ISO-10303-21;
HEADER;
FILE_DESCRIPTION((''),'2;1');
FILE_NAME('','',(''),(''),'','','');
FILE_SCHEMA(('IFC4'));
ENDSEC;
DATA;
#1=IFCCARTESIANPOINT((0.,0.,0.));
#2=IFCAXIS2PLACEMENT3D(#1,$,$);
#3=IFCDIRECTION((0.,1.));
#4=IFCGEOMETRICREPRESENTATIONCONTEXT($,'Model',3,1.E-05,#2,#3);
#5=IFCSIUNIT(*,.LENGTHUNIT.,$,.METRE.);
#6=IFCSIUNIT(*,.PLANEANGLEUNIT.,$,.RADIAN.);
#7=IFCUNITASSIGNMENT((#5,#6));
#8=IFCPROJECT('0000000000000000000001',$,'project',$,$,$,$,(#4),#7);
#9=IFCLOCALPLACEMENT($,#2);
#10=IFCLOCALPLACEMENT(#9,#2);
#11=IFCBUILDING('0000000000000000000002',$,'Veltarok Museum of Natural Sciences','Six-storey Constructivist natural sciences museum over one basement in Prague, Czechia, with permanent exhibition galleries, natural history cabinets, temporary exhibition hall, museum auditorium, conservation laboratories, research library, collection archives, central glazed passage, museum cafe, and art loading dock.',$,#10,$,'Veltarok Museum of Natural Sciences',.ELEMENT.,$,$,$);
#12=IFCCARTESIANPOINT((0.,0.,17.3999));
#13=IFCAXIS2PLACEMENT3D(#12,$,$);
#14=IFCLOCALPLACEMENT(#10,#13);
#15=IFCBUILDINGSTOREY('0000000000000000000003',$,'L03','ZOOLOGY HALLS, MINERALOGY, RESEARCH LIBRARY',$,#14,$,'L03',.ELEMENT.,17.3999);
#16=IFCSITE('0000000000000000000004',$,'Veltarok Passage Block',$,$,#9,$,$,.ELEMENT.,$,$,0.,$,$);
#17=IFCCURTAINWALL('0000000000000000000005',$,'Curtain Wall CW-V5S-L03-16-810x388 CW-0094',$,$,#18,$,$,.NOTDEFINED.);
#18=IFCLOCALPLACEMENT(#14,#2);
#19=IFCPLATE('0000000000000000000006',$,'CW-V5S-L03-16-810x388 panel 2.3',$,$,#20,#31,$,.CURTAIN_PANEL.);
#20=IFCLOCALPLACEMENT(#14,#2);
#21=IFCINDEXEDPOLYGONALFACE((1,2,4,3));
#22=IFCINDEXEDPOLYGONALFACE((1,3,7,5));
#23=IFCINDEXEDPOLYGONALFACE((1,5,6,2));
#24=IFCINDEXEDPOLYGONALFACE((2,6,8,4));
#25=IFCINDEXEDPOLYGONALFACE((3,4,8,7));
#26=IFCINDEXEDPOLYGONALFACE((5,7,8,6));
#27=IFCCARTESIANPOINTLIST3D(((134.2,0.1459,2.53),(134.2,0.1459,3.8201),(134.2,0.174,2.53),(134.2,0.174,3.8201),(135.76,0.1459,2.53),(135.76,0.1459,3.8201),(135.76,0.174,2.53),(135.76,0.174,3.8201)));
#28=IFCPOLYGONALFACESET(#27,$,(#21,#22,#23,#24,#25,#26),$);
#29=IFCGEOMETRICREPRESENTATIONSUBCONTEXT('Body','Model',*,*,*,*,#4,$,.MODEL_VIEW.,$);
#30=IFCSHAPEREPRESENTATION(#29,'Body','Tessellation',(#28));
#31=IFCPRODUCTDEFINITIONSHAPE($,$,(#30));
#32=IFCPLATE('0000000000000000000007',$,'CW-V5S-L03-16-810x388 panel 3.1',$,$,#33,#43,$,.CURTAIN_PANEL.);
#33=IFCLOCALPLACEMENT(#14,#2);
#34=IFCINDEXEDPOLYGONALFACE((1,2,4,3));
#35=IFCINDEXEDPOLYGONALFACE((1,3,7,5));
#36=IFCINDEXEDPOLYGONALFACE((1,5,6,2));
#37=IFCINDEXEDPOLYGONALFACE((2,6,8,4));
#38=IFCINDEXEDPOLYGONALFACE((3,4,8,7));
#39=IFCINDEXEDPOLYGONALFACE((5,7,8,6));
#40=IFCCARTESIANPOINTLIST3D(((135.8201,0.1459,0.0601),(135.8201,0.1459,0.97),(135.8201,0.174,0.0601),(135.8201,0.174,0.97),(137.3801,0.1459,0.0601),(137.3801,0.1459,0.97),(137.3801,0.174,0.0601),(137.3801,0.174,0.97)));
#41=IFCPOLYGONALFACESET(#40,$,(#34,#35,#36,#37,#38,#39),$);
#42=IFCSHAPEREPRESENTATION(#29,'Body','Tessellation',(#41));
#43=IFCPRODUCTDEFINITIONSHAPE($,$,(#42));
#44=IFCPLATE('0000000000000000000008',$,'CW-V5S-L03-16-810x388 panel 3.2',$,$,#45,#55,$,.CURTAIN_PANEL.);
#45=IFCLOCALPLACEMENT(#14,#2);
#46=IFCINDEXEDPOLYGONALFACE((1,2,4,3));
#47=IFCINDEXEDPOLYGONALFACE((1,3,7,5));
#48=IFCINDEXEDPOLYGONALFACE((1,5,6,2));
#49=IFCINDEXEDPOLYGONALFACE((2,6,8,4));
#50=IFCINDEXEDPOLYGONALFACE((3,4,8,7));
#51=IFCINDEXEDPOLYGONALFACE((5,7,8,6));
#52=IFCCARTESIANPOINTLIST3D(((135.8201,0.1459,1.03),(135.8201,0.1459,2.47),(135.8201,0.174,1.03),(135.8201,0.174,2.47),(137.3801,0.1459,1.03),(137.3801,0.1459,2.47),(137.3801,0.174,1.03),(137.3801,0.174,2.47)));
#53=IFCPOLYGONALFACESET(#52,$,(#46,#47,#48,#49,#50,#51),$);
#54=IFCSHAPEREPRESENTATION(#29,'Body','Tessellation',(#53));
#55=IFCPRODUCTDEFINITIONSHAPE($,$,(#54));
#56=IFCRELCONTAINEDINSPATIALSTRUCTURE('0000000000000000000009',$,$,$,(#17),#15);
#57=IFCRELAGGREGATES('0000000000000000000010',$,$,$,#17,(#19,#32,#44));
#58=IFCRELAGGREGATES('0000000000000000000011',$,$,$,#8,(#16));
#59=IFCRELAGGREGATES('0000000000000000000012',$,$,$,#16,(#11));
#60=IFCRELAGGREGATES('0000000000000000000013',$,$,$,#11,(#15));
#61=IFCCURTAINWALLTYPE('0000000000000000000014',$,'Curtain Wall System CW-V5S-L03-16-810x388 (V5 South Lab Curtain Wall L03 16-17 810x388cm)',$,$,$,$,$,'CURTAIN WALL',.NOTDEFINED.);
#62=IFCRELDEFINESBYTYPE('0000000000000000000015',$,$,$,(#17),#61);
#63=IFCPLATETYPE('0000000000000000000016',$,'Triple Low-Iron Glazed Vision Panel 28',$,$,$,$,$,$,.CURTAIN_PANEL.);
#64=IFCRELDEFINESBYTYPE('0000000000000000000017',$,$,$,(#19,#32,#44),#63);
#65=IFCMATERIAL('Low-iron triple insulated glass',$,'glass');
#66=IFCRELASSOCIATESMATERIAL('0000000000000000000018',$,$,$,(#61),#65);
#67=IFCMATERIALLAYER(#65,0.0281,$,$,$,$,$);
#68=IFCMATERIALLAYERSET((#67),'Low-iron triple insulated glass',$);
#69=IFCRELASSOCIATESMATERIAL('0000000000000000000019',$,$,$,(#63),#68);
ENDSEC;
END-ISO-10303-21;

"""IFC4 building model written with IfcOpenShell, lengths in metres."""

from ifc_helpers import new_model, si_unit, direction, frame, origin, origin_2d, place, context, subcontext, project, spatial, rectangle, extrude, material, layer, layer_set, type_object, element, aggregate, save


model = new_model("IFC4")

# Units and contexts
model_context = context("Model", 3, precision=1e-05, world=origin(), true_north=direction((0.0, 1.0)))
body_context = subcontext(model_context, "Body", "Model", "MODEL_VIEW")
ifc_project = project(units=[si_unit("LENGTHUNIT", "METRE"), si_unit("PLANEANGLEUNIT", "RADIAN")], contexts=[model_context])

# Site, building, storey
site_placement = place(None, origin())
site = spatial("IfcSite", under=ifc_project, at=site_placement, Name="Veltarok Passage Block", CompositionType="ELEMENT", RefElevation=0.0)
building_placement = place(site_placement, origin())
building = spatial("IfcBuilding", under=site, at=building_placement, Name="Veltarok Museum of Natural Sciences", Description="Six-storey Constructivist natural sciences museum over one basement in Prague, Czechia, with permanent exhibition galleries, natural history cabinets, temporary exhibition hall, museum auditorium, conservation laboratories, research library, collection archives, central glazed passage, museum cafe, and art loading dock.", LongName="Veltarok Museum of Natural Sciences", CompositionType="ELEMENT")
storey_placement = place(building_placement, frame((0.0, 0.0, 17.3999)))
storey = spatial("IfcBuildingStorey", under=building, at=storey_placement, Name="L03", Description="ZOOLOGY HALLS, MINERALOGY, RESEARCH LIBRARY", LongName="L03", CompositionType="ELEMENT", Elevation=17.3999)

# Curtain wall
ifc_material_1 = material(Name="Low-iron triple insulated glass", Category="glass")
curtain_wall_type = type_object("IfcCurtainWallType", Name="Curtain Wall System CW-V5S-L03-16-810x388 (V5 South Lab Curtain Wall L03 16-17 810x388cm)", ElementType="CURTAIN WALL", PredefinedType="NOTDEFINED", material=ifc_material_1)
curtain_wall_placement = place(storey_placement, origin())
curtain_wall = element("IfcCurtainWall", 1, at=curtain_wall_placement, inside=storey, type_object=curtain_wall_type, Name="Curtain Wall CW-V5S-L03-16-810x388 CW-0094", PredefinedType="NOTDEFINED")

# Plates
ifc_layer = layer(ifc_material_1, 0.0281)
ifc_layer_set = layer_set([ifc_layer], Name="Low-iron triple insulated glass")
plate_type = type_object("IfcPlateType", Name="Triple Low-Iron Glazed Vision Panel 28", PredefinedType="CURTAIN_PANEL", material=ifc_layer_set)
plate_1_placement = place(storey_placement, frame((134.98, 0.1599, 2.53), z_axis=(0.0, 0.0, 1.0), x_axis=(1.0, 0.0, 0.0)))
plate_1 = element("IfcPlate", 2, at=plate_1_placement, type_object=plate_type, Name="CW-V5S-L03-16-810x388 panel 2.3", PredefinedType="CURTAIN_PANEL", context=body_context, shape_type="SweptSolid", body=[
    extrude(rectangle(XDim=1.5601, YDim=0.0281, at=origin_2d()), origin(), (0.0, 0.0, 1.0), 1.29),
])
plate_2_placement = place(storey_placement, frame((136.6001, 0.1599, 0.0601), z_axis=(0.0, 0.0, 1.0), x_axis=(1.0, 0.0, 0.0)))
plate_2 = element("IfcPlate", 3, at=plate_2_placement, type_object=plate_type, Name="CW-V5S-L03-16-810x388 panel 3.1", PredefinedType="CURTAIN_PANEL", context=body_context, shape_type="SweptSolid", body=[
    extrude(rectangle(XDim=1.5601, YDim=0.0281, at=origin_2d()), origin(), (0.0, 0.0, 1.0), 0.9099),
])
plate_3_placement = place(storey_placement, frame((136.6001, 0.1599, 1.03), z_axis=(0.0, 0.0, 1.0), x_axis=(1.0, 0.0, 0.0)))
plate_3 = element("IfcPlate", 4, at=plate_3_placement, type_object=plate_type, Name="CW-V5S-L03-16-810x388 panel 3.2", PredefinedType="CURTAIN_PANEL", context=body_context, shape_type="SweptSolid", body=[
    extrude(rectangle(XDim=1.5601, YDim=0.0281, at=origin_2d()), origin(), (0.0, 0.0, 1.0), 1.4399),
])
aggregate(curtain_wall, [plate_1, plate_2, plate_3])

save(model, "model.ifc")
